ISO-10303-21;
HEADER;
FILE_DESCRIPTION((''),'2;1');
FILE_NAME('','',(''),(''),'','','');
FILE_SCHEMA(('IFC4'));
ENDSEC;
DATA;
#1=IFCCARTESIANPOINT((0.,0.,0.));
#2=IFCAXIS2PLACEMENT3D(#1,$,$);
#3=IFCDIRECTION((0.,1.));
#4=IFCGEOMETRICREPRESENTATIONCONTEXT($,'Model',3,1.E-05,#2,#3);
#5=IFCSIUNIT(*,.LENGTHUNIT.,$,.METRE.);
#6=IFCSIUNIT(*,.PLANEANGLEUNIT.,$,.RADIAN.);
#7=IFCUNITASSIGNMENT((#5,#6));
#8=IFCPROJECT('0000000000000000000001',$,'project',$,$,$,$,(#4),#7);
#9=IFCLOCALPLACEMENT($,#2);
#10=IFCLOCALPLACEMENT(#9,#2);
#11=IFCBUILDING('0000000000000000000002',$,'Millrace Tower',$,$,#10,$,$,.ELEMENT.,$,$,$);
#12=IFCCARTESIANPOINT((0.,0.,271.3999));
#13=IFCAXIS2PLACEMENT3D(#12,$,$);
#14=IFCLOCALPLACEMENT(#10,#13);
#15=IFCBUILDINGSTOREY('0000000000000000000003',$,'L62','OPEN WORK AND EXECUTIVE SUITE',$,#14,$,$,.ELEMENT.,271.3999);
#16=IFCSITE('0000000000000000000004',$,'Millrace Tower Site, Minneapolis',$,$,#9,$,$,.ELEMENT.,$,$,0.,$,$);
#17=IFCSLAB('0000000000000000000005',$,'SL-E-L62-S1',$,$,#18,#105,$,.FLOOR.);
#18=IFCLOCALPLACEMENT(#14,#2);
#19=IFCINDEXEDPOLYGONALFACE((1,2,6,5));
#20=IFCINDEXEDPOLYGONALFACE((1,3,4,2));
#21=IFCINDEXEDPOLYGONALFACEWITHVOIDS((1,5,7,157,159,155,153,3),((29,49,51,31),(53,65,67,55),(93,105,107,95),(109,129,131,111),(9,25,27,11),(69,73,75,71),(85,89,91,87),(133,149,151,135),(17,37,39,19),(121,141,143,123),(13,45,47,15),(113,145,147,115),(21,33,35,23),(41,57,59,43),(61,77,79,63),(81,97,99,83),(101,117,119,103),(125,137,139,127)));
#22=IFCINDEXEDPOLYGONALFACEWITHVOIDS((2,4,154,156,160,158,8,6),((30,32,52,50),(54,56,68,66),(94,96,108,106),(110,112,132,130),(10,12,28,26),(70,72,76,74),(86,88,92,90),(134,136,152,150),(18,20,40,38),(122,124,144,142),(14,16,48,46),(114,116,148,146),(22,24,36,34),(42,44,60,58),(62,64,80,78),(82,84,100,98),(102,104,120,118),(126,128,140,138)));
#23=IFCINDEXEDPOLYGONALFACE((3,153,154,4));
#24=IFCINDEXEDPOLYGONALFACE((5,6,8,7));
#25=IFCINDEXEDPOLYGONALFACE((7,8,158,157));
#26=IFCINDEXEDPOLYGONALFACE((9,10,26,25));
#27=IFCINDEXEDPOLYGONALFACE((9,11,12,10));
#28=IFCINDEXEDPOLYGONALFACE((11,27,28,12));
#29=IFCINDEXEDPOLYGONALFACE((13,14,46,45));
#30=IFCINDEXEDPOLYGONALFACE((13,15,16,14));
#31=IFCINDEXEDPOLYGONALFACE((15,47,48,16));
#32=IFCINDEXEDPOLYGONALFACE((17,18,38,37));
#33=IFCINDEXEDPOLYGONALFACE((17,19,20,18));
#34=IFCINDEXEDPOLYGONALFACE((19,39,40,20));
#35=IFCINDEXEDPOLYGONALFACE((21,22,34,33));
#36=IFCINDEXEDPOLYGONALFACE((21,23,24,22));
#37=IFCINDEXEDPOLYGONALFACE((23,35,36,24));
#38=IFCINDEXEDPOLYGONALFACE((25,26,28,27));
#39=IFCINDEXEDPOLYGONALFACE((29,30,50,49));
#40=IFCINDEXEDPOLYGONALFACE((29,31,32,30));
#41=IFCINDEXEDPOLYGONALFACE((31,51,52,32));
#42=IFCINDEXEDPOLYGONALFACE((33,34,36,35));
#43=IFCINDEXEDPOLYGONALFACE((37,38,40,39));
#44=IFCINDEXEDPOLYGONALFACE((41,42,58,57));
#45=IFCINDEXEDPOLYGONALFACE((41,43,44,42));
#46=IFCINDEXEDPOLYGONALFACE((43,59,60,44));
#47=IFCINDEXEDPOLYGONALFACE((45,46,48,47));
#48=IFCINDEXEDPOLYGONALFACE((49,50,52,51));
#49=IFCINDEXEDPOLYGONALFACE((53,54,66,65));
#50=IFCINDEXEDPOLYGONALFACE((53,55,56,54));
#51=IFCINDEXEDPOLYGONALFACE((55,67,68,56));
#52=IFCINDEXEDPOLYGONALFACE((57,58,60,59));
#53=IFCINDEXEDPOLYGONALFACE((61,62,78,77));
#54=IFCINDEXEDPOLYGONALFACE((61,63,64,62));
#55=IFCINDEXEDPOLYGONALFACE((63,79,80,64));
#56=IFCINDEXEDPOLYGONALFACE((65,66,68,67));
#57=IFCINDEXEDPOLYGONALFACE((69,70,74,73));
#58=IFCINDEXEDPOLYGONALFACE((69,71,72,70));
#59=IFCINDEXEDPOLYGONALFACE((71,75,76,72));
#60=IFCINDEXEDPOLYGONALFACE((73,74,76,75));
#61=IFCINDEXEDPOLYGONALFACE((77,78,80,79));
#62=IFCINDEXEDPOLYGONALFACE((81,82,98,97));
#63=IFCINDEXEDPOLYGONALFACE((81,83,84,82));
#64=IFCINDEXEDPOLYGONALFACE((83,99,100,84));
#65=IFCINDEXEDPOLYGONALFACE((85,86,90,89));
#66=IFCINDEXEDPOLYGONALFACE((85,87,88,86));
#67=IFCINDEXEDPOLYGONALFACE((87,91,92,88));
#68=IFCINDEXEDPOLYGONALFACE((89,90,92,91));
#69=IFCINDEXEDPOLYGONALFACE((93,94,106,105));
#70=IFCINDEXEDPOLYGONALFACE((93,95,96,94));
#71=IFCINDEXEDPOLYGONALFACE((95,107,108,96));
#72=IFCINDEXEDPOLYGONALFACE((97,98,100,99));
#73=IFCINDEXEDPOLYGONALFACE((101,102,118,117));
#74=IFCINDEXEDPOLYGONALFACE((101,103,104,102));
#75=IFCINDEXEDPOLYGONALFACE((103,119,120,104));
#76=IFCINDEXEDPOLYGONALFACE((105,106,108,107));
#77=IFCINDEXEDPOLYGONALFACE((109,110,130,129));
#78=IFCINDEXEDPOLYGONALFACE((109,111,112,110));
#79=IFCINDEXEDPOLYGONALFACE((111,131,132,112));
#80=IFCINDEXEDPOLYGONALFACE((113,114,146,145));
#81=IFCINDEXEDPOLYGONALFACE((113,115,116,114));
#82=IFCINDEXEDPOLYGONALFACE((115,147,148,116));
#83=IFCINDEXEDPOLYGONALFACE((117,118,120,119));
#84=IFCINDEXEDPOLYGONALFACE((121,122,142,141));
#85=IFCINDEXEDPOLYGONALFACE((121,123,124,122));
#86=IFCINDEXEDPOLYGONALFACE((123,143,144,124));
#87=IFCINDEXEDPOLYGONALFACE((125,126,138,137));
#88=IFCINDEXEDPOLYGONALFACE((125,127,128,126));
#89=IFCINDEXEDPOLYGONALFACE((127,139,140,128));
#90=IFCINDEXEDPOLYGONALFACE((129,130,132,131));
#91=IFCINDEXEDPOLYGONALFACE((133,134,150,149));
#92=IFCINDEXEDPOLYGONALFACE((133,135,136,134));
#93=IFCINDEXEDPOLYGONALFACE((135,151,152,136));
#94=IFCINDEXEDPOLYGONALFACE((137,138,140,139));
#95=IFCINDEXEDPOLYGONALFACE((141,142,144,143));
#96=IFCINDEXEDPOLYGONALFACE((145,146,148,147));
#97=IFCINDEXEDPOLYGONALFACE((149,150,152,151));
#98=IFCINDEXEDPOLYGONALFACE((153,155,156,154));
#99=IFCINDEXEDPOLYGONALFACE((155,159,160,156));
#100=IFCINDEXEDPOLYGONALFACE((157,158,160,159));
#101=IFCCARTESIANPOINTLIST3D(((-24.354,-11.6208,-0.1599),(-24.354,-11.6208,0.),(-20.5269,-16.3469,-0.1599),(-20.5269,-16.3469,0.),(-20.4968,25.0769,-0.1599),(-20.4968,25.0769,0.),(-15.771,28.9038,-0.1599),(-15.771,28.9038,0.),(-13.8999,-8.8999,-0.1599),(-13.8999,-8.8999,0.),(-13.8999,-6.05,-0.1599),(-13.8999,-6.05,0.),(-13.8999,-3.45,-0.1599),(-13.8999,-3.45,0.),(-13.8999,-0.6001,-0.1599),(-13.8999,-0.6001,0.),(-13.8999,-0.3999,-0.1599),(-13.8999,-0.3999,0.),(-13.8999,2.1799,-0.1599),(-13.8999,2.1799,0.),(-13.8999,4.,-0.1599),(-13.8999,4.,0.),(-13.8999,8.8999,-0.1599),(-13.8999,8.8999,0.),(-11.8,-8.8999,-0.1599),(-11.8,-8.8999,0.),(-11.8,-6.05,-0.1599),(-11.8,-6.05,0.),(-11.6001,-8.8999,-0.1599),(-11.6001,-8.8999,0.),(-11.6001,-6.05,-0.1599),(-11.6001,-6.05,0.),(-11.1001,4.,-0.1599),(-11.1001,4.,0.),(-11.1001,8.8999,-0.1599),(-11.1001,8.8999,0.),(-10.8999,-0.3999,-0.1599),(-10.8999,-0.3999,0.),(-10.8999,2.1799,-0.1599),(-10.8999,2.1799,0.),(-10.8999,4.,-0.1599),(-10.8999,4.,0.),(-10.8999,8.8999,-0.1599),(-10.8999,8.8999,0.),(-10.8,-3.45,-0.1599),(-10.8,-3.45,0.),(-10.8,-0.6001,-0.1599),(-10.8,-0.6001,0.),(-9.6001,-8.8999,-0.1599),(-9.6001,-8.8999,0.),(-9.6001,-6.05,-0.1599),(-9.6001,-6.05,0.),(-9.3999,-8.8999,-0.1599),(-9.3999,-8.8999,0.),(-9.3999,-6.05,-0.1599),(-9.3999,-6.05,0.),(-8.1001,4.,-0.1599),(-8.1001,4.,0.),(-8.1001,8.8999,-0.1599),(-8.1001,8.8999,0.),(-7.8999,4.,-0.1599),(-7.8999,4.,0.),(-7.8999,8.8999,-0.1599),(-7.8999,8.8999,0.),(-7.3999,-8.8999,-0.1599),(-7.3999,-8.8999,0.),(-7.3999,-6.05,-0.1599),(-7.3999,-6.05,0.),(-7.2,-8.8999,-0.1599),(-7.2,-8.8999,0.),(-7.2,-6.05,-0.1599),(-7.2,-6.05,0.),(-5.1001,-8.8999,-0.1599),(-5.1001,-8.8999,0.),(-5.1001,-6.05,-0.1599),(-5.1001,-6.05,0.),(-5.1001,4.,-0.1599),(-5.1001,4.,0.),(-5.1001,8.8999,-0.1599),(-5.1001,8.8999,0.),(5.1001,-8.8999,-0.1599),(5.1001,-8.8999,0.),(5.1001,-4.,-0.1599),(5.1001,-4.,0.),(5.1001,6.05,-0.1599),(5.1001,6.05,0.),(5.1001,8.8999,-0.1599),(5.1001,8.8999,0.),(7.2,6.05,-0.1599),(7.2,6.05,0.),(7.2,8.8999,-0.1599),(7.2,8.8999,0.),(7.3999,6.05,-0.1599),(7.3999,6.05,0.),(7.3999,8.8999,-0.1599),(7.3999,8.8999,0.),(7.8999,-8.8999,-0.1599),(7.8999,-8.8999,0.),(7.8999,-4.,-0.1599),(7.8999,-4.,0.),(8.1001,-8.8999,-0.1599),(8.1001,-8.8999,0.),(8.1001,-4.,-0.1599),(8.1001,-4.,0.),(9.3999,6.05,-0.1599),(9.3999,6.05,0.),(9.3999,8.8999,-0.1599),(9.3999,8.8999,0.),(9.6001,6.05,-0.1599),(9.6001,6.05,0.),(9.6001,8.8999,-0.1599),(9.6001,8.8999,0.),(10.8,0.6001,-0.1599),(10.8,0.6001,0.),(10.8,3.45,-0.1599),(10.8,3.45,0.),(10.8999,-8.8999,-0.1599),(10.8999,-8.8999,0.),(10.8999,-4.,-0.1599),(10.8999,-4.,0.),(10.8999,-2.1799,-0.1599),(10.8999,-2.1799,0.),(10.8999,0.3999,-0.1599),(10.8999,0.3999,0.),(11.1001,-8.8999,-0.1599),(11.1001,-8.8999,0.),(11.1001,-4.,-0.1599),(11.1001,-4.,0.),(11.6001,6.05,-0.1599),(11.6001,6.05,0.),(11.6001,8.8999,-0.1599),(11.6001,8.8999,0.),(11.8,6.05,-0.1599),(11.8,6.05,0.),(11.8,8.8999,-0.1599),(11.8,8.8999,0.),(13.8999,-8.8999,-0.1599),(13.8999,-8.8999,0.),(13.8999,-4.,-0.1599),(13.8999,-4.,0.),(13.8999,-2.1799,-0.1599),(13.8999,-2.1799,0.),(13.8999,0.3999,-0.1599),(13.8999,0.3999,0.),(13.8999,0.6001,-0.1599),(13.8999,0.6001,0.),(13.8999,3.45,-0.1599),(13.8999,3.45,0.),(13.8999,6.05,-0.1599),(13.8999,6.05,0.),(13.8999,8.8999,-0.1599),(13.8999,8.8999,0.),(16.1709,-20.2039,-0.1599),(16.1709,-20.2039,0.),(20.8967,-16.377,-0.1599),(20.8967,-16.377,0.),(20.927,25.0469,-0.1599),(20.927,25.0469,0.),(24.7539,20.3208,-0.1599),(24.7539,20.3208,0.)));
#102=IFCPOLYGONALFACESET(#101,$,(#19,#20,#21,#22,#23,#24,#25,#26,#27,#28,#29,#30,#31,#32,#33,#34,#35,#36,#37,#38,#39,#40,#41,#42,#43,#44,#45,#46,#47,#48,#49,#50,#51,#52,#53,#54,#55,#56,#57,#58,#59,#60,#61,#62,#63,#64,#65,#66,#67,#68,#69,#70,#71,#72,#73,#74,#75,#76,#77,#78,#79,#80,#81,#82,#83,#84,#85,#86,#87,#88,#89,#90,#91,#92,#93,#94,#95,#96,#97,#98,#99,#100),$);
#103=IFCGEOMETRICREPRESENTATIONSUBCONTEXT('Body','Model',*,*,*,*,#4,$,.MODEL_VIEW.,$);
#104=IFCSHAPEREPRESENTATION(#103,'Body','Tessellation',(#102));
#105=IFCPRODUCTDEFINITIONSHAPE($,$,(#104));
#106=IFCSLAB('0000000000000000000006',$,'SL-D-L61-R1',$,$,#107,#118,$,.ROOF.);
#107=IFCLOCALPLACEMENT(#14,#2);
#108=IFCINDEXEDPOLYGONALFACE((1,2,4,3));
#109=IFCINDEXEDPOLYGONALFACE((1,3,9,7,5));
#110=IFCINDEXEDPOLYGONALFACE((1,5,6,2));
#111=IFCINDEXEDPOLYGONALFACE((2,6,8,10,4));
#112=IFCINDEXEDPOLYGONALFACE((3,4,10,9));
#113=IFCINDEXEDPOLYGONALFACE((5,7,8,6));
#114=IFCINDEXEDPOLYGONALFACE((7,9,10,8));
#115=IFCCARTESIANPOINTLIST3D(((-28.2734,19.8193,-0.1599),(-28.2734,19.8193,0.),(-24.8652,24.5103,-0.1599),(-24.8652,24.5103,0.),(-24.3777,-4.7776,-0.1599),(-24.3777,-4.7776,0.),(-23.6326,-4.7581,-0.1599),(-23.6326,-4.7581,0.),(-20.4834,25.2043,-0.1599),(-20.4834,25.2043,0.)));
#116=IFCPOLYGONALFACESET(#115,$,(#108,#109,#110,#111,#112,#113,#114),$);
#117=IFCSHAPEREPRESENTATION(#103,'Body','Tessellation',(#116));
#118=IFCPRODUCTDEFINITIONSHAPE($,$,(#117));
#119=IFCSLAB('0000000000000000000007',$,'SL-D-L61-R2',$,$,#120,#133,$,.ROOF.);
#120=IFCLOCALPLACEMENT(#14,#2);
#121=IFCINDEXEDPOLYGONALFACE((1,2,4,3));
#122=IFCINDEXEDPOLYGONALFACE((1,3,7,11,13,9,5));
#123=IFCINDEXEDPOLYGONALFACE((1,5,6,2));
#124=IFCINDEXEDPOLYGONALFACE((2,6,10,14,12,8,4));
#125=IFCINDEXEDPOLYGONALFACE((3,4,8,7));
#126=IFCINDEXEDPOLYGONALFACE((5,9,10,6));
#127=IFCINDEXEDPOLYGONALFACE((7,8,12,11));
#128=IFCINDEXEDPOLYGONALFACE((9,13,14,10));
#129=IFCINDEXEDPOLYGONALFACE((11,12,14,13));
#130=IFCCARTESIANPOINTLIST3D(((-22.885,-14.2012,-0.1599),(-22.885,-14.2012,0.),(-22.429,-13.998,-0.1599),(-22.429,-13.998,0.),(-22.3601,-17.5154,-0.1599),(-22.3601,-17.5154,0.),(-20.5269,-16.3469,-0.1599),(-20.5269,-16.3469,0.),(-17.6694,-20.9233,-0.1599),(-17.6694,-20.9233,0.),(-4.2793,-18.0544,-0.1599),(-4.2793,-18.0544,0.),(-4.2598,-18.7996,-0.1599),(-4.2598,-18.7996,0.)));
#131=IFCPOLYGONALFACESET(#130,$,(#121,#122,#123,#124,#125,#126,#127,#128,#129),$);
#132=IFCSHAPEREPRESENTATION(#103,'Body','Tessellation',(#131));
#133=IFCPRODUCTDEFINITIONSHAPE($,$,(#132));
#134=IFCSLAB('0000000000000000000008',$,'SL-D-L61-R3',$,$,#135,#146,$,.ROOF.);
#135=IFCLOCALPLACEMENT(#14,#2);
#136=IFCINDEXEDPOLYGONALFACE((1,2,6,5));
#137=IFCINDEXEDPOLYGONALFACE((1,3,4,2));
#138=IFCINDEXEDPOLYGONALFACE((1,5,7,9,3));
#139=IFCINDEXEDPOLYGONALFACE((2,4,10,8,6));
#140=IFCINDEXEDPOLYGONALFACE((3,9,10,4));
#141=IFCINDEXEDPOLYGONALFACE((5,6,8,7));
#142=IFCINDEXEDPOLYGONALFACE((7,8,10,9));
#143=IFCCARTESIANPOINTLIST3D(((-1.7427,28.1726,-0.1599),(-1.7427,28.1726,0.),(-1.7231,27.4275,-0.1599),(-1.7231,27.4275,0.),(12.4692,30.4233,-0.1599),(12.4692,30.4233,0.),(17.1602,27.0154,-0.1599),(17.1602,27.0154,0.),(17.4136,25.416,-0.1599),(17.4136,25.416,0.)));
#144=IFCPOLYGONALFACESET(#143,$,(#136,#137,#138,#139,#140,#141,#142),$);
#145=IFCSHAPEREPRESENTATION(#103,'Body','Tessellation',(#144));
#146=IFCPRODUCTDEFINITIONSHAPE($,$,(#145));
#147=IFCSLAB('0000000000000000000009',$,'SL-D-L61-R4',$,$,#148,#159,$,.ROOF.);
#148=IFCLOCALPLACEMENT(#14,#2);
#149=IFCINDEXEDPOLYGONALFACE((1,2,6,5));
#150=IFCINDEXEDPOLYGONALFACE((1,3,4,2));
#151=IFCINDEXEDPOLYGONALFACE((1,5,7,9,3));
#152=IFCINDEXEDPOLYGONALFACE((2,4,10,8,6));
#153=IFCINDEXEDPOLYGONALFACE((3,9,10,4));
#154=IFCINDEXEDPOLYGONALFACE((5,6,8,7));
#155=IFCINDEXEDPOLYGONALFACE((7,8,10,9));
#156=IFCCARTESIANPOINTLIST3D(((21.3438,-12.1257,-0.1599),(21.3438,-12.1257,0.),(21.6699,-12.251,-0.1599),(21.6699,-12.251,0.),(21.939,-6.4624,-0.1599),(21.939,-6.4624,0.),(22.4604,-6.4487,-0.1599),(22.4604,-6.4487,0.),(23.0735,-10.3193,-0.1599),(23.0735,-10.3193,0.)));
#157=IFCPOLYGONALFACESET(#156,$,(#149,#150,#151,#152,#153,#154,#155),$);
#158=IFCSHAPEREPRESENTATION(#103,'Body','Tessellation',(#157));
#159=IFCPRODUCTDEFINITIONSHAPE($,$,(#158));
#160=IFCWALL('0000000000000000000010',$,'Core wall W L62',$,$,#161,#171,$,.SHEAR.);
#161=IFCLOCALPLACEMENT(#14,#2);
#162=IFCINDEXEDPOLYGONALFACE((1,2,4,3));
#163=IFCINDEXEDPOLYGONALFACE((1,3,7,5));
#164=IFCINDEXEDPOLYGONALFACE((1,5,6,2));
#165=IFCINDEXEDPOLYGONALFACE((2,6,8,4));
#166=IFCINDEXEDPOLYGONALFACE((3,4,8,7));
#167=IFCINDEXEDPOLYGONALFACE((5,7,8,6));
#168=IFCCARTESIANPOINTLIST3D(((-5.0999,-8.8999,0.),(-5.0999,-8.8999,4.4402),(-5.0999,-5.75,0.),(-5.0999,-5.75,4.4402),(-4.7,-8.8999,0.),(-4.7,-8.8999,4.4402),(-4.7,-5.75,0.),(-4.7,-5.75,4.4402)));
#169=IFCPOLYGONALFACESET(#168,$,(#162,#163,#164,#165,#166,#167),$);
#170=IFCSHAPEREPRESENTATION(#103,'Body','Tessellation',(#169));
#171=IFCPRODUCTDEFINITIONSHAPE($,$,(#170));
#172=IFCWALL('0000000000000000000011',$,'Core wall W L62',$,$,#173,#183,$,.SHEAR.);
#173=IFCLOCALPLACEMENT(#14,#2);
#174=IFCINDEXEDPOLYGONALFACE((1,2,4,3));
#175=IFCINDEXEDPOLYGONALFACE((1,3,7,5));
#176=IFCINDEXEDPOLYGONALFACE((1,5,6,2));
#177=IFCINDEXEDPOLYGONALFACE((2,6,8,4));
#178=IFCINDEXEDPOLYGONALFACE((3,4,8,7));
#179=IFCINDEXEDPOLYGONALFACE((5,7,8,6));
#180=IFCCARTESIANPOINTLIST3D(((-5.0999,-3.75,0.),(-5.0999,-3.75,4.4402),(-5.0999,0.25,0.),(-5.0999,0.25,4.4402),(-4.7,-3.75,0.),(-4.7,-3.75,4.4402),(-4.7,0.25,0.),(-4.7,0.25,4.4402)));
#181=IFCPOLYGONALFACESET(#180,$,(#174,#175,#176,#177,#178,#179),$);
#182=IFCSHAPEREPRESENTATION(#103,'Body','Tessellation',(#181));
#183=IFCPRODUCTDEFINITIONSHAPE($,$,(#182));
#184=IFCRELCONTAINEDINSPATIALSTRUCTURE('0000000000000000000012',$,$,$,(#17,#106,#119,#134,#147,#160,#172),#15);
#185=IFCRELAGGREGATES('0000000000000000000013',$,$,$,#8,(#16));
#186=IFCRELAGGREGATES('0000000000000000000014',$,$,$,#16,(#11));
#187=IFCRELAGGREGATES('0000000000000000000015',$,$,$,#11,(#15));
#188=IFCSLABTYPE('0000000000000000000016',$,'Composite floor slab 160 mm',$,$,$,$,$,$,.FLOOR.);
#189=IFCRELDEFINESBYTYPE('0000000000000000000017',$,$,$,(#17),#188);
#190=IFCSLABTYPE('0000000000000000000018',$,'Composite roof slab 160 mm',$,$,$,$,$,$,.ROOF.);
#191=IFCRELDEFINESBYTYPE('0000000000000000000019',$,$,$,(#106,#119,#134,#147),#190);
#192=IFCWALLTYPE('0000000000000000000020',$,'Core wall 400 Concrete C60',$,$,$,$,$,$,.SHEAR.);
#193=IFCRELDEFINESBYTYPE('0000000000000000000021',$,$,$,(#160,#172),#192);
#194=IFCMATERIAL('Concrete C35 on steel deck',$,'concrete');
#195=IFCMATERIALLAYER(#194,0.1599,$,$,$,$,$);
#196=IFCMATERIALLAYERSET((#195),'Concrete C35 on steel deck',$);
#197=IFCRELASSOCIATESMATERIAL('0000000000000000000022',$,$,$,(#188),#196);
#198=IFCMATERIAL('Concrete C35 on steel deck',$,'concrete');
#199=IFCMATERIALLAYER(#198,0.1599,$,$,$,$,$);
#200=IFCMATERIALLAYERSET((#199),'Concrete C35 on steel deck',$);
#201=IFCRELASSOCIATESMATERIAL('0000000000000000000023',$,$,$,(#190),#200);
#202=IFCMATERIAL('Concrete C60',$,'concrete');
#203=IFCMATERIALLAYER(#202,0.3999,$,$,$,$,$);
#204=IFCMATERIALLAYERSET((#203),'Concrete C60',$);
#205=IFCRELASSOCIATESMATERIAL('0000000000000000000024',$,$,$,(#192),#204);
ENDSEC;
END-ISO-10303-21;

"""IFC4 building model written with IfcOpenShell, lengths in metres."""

from ifc_helpers import new_model, si_unit, direction, frame, frame_2d, origin, place, context, subcontext, project, spatial, polyline, rectangle, outline, extrude, material, layer, layer_set, type_object, element, save


model = new_model("IFC4")

# Units and contexts
model_context = context("Model", 3, precision=1e-05, world=origin(), true_north=direction((0.0, 1.0)))
body_context = subcontext(model_context, "Body", "Model", "MODEL_VIEW")
ifc_project = project(units=[si_unit("LENGTHUNIT", "METRE"), si_unit("PLANEANGLEUNIT", "RADIAN")], contexts=[model_context])

# Site, building, storey
site_placement = place(None, origin())
site = spatial("IfcSite", under=ifc_project, at=site_placement, Name="Millrace Tower Site, Minneapolis", CompositionType="ELEMENT", RefElevation=0.0)
building_placement = place(site_placement, origin())
building = spatial("IfcBuilding", under=site, at=building_placement, Name="Millrace Tower", CompositionType="ELEMENT")
storey_placement = place(building_placement, frame((0.0, 0.0, 271.3999)))
storey = spatial("IfcBuildingStorey", under=building, at=storey_placement, Name="L62", Description="OPEN WORK AND EXECUTIVE SUITE", CompositionType="ELEMENT", Elevation=271.3999)

# Slabs
ifc_material_1 = material(Name="Concrete C35 on steel deck", Category="concrete")
ifc_layer_1 = layer(ifc_material_1, 0.1599)
ifc_layer_set_1 = layer_set([ifc_layer_1], Name="Concrete C35 on steel deck")
slab_type_1 = type_object("IfcSlabType", Name="Composite floor slab 160 mm", PredefinedType="FLOOR", material=ifc_layer_set_1)
placement_1 = place(storey_placement, frame((0.0, 0.0, -0.1599)))
element("IfcSlab", 1, at=placement_1, inside=storey, type_object=slab_type_1, Name="SL-E-L62-S1", PredefinedType="FLOOR", context=body_context, shape_type="SweptSolid", body=[
    extrude(outline(polyline([(-24.354, -11.6208), (-20.5269, -16.3469), (16.1709, -20.2039), (20.8967, -16.377), (24.7539, 20.3208), (20.927, 25.0469), (-15.771, 28.9038), (-20.4968, 25.0769), (-24.354, -11.6208)]), holes=[polyline([(-13.8999, -8.8999), (-11.8, -8.8999), (-11.8, -6.05), (-13.8999, -6.05), (-13.8999, -8.8999)]), polyline([(-11.6001, -8.8999), (-9.6001, -8.8999), (-9.6001, -6.05), (-11.6001, -6.05), (-11.6001, -8.8999)]), polyline([(-9.3999, -8.8999), (-7.3999, -8.8999), (-7.3999, -6.05), (-9.3999, -6.05), (-9.3999, -8.8999)]), polyline([(-7.2, -8.8999), (-5.1001, -8.8999), (-5.1001, -6.05), (-7.2, -6.05), (-7.2, -8.8999)]), polyline([(-13.8999, -3.45), (-10.8, -3.45), (-10.8, -0.6001), (-13.8999, -0.6001), (-13.8999, -3.45)]), polyline([(-13.8999, -0.3999), (-10.8999, -0.3999), (-10.8999, 2.1799), (-13.8999, 2.1799), (-13.8999, -0.3999)]), polyline([(-13.8999, 4.0), (-11.1001, 4.0), (-11.1001, 8.8999), (-13.8999, 8.8999), (-13.8999, 4.0)]), polyline([(-10.8999, 4.0), (-8.1001, 4.0), (-8.1001, 8.8999), (-10.8999, 8.8999), (-10.8999, 4.0)]), polyline([(-7.8999, 4.0), (-5.1001, 4.0), (-5.1001, 8.8999), (-7.8999, 8.8999), (-7.8999, 4.0)]), polyline([(11.8, 6.05), (13.8999, 6.05), (13.8999, 8.8999), (11.8, 8.8999), (11.8, 6.05)]), polyline([(9.6001, 6.05), (11.6001, 6.05), (11.6001, 8.8999), (9.6001, 8.8999), (9.6001, 6.05)]), polyline([(7.3999, 6.05), (9.3999, 6.05), (9.3999, 8.8999), (7.3999, 8.8999), (7.3999, 6.05)]), polyline([(5.1001, 6.05), (7.2, 6.05), (7.2, 8.8999), (5.1001, 8.8999), (5.1001, 6.05)]), polyline([(10.8, 0.6001), (13.8999, 0.6001), (13.8999, 3.45), (10.8, 3.45), (10.8, 0.6001)]), polyline([(10.8999, -2.1799), (13.8999, -2.1799), (13.8999, 0.3999), (10.8999, 0.3999), (10.8999, -2.1799)]), polyline([(11.1001, -8.8999), (13.8999, -8.8999), (13.8999, -4.0), (11.1001, -4.0), (11.1001, -8.8999)]), polyline([(8.1001, -8.8999), (10.8999, -8.8999), (10.8999, -4.0), (8.1001, -4.0), (8.1001, -8.8999)]), polyline([(5.1001, -8.8999), (7.8999, -8.8999), (7.8999, -4.0), (5.1001, -4.0), (5.1001, -8.8999)])]), origin(), (0.0, 0.0, 1.0), 0.1599),
])
ifc_material_2 = material(Name="Concrete C35 on steel deck", Category="concrete")
ifc_layer_2 = layer(ifc_material_2, 0.1599)
ifc_layer_set_2 = layer_set([ifc_layer_2], Name="Concrete C35 on steel deck")
slab_type_2 = type_object("IfcSlabType", Name="Composite roof slab 160 mm", PredefinedType="ROOF", material=ifc_layer_set_2)
element("IfcSlab", 2, at=placement_1, inside=storey, type_object=slab_type_2, Name="SL-D-L61-R1", PredefinedType="ROOF", context=body_context, shape_type="SweptSolid", body=[
    extrude(outline(polyline([(-28.2734, 19.8193), (-24.8652, 24.5103), (-20.4834, 25.2043), (-23.6326, -4.7581), (-24.3777, -4.7776), (-28.2734, 19.8193)])), origin(), (0.0, 0.0, 1.0), 0.1599),
])
element("IfcSlab", 3, at=placement_1, inside=storey, type_object=slab_type_2, Name="SL-D-L61-R2", PredefinedType="ROOF", context=body_context, shape_type="SweptSolid", body=[
    extrude(outline(polyline([(-17.6694, -20.9233), (-22.3601, -17.5154), (-22.885, -14.2012), (-22.429, -13.998), (-20.5269, -16.3469), (-4.2793, -18.0544), (-4.2598, -18.7996), (-17.6694, -20.9233)])), origin(), (0.0, 0.0, 1.0), 0.1599),
])
element("IfcSlab", 4, at=placement_1, inside=storey, type_object=slab_type_2, Name="SL-D-L61-R3", PredefinedType="ROOF", context=body_context, shape_type="SweptSolid", body=[
    extrude(outline(polyline([(12.4692, 30.4233), (17.1602, 27.0154), (17.4136, 25.416), (-1.7231, 27.4275), (-1.7427, 28.1726), (12.4692, 30.4233)])), origin(), (0.0, 0.0, 1.0), 0.1599),
])
element("IfcSlab", 5, at=placement_1, inside=storey, type_object=slab_type_2, Name="SL-D-L61-R4", PredefinedType="ROOF", context=body_context, shape_type="SweptSolid", body=[
    extrude(outline(polyline([(23.0735, -10.3193), (21.6699, -12.251), (21.3438, -12.1257), (21.939, -6.4624), (22.4604, -6.4487), (23.0735, -10.3193)])), origin(), (0.0, 0.0, 1.0), 0.1599),
])

# Walls
ifc_material_3 = material(Name="Concrete C60", Category="concrete")
ifc_layer_3 = layer(ifc_material_3, 0.3999)
ifc_layer_set_3 = layer_set([ifc_layer_3], Name="Concrete C60")
wall_type_1 = type_object("IfcWallType", Name="Core wall 400 Concrete C60", PredefinedType="SHEAR", material=ifc_layer_set_3)
wall_1_placement = place(storey_placement, frame((-4.8999, -8.8999, 0.0), z_axis=(0.0, 0.0, 1.0), x_axis=(0.0, 1.0, 0.0)))
element("IfcWall", 6, at=wall_1_placement, inside=storey, type_object=wall_type_1, Name="Core wall W L62", PredefinedType="SHEAR", context=body_context, shape_type="SweptSolid", body=[
    extrude(rectangle(XDim=3.1499, YDim=0.3999, at=frame_2d((1.575, 0.0))), origin(), (0.0, 0.0, 1.0), 4.4402),
])
wall_2_placement = place(storey_placement, frame((-4.8999, -3.75, 0.0), z_axis=(0.0, 0.0, 1.0), x_axis=(0.0, 1.0, 0.0)))
element("IfcWall", 7, at=wall_2_placement, inside=storey, type_object=wall_type_1, Name="Core wall W L62", PredefinedType="SHEAR", context=body_context, shape_type="SweptSolid", body=[
    extrude(rectangle(XDim=4.0, YDim=0.3999, at=frame_2d((2.0, 0.0))), origin(), (0.0, 0.0, 1.0), 4.4402),
])

save(model, "model.ifc")
